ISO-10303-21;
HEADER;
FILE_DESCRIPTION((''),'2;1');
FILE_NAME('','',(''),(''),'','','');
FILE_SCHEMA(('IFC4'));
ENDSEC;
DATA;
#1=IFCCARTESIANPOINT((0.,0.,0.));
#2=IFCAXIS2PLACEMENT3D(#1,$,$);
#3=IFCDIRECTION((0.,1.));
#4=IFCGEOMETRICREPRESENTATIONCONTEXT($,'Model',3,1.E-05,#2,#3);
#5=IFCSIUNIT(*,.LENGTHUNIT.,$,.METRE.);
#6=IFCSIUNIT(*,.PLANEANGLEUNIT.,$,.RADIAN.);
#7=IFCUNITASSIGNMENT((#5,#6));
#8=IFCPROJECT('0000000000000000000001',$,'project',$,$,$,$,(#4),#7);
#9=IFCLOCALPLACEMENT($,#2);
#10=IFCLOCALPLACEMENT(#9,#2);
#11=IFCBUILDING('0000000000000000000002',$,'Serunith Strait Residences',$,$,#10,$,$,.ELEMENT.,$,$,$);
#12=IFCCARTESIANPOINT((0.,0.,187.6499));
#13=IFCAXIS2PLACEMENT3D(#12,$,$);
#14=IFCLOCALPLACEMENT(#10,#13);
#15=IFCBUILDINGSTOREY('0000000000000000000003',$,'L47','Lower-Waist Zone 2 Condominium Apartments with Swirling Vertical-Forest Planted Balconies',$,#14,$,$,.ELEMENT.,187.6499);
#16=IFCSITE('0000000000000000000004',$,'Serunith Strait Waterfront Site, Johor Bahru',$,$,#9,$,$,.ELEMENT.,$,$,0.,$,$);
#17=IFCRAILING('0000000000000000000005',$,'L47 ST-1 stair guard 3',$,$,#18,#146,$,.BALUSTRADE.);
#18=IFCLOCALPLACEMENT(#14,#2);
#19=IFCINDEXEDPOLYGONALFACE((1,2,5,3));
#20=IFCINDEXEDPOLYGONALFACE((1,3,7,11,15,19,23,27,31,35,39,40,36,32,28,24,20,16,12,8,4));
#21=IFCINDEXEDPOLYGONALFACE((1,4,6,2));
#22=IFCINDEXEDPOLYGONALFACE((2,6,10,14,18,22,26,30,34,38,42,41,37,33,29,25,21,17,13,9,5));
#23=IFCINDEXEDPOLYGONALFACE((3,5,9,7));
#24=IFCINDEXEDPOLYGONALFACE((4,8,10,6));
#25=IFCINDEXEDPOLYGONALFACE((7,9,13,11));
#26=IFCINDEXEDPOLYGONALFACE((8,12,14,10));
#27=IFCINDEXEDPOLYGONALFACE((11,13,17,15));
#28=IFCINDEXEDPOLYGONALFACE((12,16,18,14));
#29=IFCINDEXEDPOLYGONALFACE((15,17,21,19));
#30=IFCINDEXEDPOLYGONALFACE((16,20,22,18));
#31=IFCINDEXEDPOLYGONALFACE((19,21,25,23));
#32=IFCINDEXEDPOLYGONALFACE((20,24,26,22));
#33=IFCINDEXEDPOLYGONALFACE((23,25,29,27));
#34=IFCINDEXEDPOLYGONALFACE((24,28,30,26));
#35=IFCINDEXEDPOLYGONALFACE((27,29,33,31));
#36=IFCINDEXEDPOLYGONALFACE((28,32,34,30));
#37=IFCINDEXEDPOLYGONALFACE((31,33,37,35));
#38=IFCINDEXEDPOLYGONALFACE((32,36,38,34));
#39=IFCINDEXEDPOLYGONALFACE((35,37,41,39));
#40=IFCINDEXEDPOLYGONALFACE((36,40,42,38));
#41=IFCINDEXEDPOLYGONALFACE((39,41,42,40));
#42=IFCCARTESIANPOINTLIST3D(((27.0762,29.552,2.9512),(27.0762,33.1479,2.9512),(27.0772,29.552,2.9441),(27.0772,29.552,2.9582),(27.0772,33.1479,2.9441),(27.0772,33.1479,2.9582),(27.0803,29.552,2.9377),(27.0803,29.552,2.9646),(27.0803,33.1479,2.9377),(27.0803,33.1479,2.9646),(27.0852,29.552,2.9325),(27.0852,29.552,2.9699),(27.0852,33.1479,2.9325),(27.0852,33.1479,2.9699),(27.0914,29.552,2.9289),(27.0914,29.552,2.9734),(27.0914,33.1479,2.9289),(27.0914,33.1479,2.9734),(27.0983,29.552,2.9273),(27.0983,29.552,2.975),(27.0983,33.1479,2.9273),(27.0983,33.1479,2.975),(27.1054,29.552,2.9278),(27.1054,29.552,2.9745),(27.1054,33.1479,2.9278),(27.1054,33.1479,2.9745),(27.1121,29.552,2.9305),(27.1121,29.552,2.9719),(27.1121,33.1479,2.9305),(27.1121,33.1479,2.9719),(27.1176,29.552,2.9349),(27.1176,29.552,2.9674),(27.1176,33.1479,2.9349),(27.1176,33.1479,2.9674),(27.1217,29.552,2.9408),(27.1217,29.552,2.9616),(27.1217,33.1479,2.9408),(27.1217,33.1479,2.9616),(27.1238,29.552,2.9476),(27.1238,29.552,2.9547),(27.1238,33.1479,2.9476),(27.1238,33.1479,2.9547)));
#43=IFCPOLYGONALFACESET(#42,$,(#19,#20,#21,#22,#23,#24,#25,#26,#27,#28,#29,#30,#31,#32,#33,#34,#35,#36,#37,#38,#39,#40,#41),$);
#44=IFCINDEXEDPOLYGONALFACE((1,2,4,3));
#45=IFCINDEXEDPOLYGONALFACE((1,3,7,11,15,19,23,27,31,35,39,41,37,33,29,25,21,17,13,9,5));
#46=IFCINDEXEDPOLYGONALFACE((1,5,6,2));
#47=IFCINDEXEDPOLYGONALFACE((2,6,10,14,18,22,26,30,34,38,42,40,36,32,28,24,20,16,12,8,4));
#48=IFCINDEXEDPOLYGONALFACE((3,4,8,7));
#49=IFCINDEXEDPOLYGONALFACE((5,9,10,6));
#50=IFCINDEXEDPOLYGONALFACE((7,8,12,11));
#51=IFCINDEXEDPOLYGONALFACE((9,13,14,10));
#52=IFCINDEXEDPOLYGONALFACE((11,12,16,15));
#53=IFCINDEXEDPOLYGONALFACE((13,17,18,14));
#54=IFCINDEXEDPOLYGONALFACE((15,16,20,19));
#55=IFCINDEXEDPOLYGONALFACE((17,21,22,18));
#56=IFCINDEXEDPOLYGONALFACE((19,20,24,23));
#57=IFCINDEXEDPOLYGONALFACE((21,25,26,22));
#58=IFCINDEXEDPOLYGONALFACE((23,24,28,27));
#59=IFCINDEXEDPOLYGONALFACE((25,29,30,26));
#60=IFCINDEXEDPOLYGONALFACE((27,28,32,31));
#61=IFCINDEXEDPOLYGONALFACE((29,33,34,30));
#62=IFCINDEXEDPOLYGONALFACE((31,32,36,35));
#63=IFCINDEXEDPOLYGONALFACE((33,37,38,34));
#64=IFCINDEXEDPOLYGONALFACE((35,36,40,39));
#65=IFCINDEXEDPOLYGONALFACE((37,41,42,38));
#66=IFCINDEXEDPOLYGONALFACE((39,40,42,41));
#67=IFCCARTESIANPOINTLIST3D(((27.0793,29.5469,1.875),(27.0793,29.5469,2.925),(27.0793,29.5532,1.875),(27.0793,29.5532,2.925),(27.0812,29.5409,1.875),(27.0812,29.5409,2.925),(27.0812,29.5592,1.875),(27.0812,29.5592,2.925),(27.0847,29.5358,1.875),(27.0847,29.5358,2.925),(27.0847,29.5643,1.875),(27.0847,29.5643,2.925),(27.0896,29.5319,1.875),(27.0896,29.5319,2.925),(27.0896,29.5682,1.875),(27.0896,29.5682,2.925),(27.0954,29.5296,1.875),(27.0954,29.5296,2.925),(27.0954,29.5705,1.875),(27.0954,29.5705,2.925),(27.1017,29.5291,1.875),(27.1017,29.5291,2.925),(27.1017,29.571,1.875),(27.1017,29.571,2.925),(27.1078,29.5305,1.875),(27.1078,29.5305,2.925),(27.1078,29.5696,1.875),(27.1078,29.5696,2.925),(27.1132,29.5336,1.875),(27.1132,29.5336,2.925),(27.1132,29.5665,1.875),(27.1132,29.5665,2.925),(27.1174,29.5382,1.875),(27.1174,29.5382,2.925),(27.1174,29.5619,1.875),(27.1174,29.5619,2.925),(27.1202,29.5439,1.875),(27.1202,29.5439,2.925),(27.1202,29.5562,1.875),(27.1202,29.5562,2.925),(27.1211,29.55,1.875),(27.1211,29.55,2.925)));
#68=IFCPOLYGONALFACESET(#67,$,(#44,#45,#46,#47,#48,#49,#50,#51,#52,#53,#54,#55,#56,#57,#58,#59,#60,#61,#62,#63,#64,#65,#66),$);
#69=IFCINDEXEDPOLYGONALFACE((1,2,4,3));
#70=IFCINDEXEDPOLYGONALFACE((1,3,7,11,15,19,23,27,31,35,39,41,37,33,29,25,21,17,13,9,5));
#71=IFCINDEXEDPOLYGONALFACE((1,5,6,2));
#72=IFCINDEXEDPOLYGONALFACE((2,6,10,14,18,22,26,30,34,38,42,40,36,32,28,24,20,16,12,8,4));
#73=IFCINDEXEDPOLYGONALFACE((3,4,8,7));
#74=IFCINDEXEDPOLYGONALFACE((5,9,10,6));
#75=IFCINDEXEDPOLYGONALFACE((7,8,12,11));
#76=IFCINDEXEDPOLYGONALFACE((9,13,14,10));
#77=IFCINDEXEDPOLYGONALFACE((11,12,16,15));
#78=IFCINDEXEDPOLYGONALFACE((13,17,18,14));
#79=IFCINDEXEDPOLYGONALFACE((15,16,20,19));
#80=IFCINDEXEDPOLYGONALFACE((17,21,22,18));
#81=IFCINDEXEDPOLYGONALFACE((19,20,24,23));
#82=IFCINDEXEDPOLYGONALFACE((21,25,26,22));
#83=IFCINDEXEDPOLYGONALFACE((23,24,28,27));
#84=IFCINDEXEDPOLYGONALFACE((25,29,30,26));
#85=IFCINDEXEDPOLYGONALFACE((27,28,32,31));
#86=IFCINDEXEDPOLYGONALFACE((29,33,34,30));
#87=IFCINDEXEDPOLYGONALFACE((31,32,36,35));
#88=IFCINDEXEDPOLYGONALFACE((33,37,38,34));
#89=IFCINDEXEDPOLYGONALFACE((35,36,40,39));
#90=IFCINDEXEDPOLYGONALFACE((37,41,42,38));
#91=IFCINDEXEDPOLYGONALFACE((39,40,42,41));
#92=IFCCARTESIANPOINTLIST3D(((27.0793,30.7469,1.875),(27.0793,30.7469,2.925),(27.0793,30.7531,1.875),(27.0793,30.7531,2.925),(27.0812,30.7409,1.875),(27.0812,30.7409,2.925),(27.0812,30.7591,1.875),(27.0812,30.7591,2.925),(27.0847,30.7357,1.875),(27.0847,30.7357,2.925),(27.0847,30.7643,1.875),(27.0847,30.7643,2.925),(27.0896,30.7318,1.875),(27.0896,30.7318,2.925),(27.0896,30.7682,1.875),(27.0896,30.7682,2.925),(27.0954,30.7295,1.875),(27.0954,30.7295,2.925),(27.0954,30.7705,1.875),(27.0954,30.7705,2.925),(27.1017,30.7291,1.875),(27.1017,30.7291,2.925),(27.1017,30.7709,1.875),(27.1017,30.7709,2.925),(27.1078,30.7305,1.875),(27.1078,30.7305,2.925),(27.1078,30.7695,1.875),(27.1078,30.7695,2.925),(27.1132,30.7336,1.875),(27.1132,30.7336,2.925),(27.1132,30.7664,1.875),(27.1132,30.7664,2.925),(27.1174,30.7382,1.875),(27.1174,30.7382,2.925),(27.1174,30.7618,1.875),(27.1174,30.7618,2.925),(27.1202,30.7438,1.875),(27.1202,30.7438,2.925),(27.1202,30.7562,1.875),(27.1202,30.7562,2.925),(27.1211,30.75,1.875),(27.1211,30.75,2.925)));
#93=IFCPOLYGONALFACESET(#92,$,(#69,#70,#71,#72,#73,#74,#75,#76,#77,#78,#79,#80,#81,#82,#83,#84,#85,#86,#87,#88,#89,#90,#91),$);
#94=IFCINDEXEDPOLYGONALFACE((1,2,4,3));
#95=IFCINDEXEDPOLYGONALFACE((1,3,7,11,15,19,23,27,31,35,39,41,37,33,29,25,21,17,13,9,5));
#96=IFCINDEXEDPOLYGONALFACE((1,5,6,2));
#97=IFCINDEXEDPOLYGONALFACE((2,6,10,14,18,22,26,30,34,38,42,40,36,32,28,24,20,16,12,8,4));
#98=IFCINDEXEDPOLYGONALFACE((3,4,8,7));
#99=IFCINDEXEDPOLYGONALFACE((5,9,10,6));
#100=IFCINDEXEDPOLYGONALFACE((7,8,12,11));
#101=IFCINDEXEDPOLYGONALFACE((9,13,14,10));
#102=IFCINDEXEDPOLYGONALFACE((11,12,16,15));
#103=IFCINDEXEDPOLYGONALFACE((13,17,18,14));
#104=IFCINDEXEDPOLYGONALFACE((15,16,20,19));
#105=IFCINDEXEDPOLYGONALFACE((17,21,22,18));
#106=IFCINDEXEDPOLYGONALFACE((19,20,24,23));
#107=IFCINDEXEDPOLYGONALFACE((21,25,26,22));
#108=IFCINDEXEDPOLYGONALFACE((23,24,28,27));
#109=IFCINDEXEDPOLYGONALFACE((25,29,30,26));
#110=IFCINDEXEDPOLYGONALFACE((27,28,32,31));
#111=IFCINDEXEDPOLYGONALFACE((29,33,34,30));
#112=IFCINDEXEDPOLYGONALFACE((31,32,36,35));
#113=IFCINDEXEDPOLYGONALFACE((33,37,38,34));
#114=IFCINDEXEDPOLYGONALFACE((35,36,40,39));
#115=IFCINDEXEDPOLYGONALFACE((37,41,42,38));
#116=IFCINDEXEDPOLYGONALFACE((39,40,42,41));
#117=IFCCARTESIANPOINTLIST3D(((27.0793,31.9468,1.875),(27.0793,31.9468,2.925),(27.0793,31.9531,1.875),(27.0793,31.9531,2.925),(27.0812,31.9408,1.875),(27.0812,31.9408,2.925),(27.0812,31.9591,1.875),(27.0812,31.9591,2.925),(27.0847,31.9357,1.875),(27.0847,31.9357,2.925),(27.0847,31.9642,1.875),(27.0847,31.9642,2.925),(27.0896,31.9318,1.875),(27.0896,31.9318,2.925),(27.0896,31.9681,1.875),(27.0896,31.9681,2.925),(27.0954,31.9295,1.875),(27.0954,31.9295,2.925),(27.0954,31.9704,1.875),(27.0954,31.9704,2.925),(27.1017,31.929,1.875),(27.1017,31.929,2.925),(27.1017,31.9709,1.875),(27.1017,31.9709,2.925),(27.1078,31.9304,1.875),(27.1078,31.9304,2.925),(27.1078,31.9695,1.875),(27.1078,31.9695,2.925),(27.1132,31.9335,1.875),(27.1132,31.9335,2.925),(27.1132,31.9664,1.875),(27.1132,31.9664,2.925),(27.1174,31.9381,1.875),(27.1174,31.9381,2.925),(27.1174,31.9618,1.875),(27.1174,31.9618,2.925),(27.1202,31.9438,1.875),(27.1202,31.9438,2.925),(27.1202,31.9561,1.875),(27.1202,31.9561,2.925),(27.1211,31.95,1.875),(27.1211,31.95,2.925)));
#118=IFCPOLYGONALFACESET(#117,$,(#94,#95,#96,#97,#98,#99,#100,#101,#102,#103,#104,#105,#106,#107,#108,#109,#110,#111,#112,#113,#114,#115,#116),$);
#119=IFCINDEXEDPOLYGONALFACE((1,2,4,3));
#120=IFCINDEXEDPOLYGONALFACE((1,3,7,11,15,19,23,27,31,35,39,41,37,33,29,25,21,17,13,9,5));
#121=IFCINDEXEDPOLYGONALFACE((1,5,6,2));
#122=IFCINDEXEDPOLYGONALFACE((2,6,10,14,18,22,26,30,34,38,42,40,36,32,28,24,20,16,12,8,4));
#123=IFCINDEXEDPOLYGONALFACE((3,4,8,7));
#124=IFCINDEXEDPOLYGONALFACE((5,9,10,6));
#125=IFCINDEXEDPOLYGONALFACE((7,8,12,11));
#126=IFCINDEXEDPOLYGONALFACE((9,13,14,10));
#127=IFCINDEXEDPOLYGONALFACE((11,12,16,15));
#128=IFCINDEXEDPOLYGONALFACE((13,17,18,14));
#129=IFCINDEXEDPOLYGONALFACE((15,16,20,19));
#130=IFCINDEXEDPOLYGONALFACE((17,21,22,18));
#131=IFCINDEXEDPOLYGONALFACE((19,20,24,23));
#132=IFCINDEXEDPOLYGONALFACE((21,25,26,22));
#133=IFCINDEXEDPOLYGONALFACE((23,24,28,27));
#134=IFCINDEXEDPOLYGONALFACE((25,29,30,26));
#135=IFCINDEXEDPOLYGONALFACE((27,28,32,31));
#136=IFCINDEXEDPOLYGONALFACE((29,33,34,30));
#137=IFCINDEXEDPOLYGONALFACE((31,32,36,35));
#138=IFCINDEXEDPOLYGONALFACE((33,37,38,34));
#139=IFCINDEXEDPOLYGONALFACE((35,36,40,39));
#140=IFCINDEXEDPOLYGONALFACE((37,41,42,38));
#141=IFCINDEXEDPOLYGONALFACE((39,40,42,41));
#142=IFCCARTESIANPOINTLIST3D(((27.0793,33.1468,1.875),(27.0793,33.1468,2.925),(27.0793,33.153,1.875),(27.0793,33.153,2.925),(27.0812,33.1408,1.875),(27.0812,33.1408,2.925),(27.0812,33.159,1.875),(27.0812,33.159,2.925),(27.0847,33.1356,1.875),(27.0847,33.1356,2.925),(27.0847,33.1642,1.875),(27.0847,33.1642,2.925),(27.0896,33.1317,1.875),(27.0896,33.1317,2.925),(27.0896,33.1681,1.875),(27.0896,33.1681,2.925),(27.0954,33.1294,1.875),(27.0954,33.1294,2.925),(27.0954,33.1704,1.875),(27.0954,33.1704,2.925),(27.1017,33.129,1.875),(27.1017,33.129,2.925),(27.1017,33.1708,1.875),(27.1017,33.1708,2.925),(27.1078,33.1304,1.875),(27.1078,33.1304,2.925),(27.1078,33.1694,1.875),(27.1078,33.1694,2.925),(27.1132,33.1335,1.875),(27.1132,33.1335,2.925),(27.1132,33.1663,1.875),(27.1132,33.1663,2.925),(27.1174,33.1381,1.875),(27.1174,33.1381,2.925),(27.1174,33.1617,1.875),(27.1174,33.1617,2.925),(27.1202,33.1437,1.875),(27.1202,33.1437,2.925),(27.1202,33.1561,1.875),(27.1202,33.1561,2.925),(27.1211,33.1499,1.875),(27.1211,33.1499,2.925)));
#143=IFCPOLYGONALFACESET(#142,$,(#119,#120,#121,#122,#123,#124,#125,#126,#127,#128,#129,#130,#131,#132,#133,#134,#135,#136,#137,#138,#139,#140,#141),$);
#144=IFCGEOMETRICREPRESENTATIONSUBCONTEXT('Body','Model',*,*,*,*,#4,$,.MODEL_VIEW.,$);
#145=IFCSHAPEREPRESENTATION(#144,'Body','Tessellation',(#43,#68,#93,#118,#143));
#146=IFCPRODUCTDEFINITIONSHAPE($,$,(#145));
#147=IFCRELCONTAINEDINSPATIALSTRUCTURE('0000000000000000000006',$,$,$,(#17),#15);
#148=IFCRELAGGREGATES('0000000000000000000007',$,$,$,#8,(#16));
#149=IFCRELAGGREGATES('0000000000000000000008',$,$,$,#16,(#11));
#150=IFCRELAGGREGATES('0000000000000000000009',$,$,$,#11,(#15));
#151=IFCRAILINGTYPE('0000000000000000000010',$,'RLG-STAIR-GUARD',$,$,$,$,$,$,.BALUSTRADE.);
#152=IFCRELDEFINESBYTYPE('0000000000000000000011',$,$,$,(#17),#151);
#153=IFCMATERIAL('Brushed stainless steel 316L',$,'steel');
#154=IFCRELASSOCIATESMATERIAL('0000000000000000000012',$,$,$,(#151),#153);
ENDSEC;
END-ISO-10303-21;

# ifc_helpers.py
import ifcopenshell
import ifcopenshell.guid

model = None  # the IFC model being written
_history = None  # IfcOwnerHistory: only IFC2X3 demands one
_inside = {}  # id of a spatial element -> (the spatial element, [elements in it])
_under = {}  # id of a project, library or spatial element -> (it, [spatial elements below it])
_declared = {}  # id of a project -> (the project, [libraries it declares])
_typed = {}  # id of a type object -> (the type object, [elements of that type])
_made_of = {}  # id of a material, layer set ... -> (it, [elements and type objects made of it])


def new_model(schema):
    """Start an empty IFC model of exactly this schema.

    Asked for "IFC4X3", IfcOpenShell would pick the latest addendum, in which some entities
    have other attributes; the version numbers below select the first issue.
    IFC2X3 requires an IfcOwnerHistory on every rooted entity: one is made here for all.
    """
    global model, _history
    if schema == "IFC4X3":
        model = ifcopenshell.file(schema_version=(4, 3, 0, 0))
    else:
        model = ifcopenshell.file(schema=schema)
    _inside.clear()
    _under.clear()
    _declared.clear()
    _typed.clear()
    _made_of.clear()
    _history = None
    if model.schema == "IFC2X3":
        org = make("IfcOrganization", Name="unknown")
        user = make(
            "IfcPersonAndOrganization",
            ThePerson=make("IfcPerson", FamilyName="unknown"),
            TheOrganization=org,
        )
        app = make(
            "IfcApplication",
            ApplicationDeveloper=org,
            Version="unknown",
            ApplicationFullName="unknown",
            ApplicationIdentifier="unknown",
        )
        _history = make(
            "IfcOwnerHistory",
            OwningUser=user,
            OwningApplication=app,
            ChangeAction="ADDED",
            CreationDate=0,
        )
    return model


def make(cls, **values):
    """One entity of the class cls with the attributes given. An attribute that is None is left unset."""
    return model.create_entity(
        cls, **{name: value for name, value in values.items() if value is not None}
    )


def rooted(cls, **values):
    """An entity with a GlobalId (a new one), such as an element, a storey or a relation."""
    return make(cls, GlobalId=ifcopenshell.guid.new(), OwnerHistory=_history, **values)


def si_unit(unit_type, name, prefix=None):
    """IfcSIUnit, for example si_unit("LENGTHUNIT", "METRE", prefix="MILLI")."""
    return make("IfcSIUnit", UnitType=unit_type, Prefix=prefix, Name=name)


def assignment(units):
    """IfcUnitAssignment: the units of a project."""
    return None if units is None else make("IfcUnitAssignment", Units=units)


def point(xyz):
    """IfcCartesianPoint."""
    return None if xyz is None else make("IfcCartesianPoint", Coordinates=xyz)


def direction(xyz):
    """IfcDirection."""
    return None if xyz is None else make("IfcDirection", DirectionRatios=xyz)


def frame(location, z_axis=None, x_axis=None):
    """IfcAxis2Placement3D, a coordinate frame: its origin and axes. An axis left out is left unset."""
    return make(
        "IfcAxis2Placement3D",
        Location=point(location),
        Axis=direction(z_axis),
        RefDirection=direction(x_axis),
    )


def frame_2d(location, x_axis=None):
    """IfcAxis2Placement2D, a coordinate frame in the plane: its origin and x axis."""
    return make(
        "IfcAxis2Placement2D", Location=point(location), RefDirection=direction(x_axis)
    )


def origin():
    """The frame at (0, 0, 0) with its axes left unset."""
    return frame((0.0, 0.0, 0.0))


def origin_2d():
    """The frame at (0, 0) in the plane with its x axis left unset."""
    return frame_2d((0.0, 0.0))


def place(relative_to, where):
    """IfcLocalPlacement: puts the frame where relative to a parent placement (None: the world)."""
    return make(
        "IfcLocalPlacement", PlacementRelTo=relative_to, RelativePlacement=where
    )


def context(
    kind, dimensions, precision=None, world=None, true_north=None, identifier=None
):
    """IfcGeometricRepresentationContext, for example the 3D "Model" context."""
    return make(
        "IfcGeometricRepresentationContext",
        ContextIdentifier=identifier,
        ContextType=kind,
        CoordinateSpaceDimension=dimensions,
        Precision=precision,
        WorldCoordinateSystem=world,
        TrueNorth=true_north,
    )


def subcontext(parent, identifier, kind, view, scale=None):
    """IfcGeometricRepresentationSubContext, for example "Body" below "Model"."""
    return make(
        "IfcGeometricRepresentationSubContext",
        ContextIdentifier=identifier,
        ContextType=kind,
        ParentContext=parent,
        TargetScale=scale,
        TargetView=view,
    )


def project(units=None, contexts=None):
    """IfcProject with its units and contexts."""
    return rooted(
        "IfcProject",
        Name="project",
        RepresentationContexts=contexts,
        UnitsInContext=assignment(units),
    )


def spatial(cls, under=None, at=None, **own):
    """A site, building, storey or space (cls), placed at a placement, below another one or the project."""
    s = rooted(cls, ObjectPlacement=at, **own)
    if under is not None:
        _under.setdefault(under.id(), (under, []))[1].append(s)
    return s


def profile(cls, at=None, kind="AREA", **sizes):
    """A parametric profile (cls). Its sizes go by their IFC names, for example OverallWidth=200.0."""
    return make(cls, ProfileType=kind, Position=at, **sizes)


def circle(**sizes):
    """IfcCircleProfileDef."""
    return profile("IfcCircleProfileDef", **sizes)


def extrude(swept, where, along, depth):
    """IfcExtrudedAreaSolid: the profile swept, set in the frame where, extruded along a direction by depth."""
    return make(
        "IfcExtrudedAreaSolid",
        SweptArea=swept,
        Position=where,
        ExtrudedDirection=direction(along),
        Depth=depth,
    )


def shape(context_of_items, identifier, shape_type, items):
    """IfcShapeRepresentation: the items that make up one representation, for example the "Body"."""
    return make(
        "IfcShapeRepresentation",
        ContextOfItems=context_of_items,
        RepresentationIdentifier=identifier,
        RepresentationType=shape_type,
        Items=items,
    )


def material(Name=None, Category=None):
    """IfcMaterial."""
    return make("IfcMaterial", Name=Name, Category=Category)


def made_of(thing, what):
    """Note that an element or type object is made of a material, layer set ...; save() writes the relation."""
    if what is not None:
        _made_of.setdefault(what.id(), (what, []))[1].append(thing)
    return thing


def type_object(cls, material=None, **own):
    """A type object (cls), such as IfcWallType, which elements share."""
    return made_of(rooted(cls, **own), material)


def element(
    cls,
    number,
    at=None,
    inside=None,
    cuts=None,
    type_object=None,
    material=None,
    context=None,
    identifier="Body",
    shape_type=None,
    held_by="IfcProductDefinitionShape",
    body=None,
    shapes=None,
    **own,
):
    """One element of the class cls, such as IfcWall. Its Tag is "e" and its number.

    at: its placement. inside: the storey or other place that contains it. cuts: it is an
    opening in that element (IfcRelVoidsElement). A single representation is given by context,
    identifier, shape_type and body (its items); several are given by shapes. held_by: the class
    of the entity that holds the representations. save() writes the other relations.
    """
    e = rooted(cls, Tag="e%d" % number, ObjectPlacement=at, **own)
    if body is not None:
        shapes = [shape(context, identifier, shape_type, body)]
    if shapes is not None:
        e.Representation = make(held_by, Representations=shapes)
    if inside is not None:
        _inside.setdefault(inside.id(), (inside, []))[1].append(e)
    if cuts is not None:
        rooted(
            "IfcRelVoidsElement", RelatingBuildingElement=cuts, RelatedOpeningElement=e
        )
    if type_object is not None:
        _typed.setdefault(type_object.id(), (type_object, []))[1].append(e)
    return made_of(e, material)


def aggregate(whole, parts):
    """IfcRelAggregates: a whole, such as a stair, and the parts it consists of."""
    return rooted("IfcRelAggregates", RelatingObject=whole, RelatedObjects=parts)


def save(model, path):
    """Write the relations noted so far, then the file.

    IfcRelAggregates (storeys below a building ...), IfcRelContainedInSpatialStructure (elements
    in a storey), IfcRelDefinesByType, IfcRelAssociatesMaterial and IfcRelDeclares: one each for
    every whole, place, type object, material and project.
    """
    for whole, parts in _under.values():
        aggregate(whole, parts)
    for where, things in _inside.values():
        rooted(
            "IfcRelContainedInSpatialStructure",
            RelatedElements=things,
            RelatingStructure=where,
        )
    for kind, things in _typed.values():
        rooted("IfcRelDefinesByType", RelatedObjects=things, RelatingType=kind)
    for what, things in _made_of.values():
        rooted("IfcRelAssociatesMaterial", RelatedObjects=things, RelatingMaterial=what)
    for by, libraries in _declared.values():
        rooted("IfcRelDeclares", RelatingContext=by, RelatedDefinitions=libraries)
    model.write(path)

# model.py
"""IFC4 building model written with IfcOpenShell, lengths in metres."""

from ifc_helpers import new_model, si_unit, direction, frame, origin, origin_2d, place, context, subcontext, project, spatial, circle, extrude, material, type_object, element, save


model = new_model("IFC4")

# Units and contexts
model_context = context("Model", 3, precision=1e-05, world=origin(), true_north=direction((0.0, 1.0)))
body_context = subcontext(model_context, "Body", "Model", "MODEL_VIEW")
ifc_project = project(units=[si_unit("LENGTHUNIT", "METRE"), si_unit("PLANEANGLEUNIT", "RADIAN")], contexts=[model_context])

# Site, building, storey
site_placement = place(None, origin())
site = spatial("IfcSite", under=ifc_project, at=site_placement, Name="Serunith Strait Waterfront Site, Johor Bahru", CompositionType="ELEMENT", RefElevation=0.0)
building_placement = place(site_placement, origin())
building = spatial("IfcBuilding", under=site, at=building_placement, Name="Serunith Strait Residences", CompositionType="ELEMENT")
storey_placement = place(building_placement, frame((0.0, 0.0, 187.6499)))
storey = spatial("IfcBuildingStorey", under=building, at=storey_placement, Name="L47", Description="Lower-Waist Zone 2 Condominium Apartments with Swirling Vertical-Forest Planted Balconies", CompositionType="ELEMENT", Elevation=187.6499)

# Railing
ifc_material_1 = material(Name="Brushed stainless steel 316L", Category="steel")
railing_type_1 = type_object("IfcRailingType", Name="RLG-STAIR-GUARD", PredefinedType="BALUSTRADE", material=ifc_material_1)
for number, where, name in (
    (1, (27.1001, 29.55, 1.875), "L47 ST-1 stair guard 3"),
):
    element("IfcRailing", number, at=place(storey_placement, frame(where)), inside=storey, type_object=railing_type_1, Name=name, PredefinedType="BALUSTRADE", context=body_context, shape_type="SweptSolid", body=[
        extrude(circle(Radius=0.0239, at=origin_2d()), frame((0.0, 0.002, 1.0762), z_axis=(0.0, 1.0, 0.0), x_axis=(-1.0, 0.0, 0.0)), (0.0, 0.0, 1.0), 3.5959),
        extrude(circle(Radius=0.021, at=origin_2d()), origin(), (0.0, 0.0, 1.0), 1.05),
        extrude(circle(Radius=0.021, at=origin_2d()), frame((0.0, 1.2, 0.0)), (0.0, 0.0, 1.0), 1.05),
        extrude(circle(Radius=0.021, at=origin_2d()), frame((0.0, 2.3999, 0.0)), (0.0, 0.0, 1.0), 1.05),
        extrude(circle(Radius=0.021, at=origin_2d()), frame((0.0, 3.5999, 0.0)), (0.0, 0.0, 1.0), 1.05),
    ])

save(model, "model.ifc")
